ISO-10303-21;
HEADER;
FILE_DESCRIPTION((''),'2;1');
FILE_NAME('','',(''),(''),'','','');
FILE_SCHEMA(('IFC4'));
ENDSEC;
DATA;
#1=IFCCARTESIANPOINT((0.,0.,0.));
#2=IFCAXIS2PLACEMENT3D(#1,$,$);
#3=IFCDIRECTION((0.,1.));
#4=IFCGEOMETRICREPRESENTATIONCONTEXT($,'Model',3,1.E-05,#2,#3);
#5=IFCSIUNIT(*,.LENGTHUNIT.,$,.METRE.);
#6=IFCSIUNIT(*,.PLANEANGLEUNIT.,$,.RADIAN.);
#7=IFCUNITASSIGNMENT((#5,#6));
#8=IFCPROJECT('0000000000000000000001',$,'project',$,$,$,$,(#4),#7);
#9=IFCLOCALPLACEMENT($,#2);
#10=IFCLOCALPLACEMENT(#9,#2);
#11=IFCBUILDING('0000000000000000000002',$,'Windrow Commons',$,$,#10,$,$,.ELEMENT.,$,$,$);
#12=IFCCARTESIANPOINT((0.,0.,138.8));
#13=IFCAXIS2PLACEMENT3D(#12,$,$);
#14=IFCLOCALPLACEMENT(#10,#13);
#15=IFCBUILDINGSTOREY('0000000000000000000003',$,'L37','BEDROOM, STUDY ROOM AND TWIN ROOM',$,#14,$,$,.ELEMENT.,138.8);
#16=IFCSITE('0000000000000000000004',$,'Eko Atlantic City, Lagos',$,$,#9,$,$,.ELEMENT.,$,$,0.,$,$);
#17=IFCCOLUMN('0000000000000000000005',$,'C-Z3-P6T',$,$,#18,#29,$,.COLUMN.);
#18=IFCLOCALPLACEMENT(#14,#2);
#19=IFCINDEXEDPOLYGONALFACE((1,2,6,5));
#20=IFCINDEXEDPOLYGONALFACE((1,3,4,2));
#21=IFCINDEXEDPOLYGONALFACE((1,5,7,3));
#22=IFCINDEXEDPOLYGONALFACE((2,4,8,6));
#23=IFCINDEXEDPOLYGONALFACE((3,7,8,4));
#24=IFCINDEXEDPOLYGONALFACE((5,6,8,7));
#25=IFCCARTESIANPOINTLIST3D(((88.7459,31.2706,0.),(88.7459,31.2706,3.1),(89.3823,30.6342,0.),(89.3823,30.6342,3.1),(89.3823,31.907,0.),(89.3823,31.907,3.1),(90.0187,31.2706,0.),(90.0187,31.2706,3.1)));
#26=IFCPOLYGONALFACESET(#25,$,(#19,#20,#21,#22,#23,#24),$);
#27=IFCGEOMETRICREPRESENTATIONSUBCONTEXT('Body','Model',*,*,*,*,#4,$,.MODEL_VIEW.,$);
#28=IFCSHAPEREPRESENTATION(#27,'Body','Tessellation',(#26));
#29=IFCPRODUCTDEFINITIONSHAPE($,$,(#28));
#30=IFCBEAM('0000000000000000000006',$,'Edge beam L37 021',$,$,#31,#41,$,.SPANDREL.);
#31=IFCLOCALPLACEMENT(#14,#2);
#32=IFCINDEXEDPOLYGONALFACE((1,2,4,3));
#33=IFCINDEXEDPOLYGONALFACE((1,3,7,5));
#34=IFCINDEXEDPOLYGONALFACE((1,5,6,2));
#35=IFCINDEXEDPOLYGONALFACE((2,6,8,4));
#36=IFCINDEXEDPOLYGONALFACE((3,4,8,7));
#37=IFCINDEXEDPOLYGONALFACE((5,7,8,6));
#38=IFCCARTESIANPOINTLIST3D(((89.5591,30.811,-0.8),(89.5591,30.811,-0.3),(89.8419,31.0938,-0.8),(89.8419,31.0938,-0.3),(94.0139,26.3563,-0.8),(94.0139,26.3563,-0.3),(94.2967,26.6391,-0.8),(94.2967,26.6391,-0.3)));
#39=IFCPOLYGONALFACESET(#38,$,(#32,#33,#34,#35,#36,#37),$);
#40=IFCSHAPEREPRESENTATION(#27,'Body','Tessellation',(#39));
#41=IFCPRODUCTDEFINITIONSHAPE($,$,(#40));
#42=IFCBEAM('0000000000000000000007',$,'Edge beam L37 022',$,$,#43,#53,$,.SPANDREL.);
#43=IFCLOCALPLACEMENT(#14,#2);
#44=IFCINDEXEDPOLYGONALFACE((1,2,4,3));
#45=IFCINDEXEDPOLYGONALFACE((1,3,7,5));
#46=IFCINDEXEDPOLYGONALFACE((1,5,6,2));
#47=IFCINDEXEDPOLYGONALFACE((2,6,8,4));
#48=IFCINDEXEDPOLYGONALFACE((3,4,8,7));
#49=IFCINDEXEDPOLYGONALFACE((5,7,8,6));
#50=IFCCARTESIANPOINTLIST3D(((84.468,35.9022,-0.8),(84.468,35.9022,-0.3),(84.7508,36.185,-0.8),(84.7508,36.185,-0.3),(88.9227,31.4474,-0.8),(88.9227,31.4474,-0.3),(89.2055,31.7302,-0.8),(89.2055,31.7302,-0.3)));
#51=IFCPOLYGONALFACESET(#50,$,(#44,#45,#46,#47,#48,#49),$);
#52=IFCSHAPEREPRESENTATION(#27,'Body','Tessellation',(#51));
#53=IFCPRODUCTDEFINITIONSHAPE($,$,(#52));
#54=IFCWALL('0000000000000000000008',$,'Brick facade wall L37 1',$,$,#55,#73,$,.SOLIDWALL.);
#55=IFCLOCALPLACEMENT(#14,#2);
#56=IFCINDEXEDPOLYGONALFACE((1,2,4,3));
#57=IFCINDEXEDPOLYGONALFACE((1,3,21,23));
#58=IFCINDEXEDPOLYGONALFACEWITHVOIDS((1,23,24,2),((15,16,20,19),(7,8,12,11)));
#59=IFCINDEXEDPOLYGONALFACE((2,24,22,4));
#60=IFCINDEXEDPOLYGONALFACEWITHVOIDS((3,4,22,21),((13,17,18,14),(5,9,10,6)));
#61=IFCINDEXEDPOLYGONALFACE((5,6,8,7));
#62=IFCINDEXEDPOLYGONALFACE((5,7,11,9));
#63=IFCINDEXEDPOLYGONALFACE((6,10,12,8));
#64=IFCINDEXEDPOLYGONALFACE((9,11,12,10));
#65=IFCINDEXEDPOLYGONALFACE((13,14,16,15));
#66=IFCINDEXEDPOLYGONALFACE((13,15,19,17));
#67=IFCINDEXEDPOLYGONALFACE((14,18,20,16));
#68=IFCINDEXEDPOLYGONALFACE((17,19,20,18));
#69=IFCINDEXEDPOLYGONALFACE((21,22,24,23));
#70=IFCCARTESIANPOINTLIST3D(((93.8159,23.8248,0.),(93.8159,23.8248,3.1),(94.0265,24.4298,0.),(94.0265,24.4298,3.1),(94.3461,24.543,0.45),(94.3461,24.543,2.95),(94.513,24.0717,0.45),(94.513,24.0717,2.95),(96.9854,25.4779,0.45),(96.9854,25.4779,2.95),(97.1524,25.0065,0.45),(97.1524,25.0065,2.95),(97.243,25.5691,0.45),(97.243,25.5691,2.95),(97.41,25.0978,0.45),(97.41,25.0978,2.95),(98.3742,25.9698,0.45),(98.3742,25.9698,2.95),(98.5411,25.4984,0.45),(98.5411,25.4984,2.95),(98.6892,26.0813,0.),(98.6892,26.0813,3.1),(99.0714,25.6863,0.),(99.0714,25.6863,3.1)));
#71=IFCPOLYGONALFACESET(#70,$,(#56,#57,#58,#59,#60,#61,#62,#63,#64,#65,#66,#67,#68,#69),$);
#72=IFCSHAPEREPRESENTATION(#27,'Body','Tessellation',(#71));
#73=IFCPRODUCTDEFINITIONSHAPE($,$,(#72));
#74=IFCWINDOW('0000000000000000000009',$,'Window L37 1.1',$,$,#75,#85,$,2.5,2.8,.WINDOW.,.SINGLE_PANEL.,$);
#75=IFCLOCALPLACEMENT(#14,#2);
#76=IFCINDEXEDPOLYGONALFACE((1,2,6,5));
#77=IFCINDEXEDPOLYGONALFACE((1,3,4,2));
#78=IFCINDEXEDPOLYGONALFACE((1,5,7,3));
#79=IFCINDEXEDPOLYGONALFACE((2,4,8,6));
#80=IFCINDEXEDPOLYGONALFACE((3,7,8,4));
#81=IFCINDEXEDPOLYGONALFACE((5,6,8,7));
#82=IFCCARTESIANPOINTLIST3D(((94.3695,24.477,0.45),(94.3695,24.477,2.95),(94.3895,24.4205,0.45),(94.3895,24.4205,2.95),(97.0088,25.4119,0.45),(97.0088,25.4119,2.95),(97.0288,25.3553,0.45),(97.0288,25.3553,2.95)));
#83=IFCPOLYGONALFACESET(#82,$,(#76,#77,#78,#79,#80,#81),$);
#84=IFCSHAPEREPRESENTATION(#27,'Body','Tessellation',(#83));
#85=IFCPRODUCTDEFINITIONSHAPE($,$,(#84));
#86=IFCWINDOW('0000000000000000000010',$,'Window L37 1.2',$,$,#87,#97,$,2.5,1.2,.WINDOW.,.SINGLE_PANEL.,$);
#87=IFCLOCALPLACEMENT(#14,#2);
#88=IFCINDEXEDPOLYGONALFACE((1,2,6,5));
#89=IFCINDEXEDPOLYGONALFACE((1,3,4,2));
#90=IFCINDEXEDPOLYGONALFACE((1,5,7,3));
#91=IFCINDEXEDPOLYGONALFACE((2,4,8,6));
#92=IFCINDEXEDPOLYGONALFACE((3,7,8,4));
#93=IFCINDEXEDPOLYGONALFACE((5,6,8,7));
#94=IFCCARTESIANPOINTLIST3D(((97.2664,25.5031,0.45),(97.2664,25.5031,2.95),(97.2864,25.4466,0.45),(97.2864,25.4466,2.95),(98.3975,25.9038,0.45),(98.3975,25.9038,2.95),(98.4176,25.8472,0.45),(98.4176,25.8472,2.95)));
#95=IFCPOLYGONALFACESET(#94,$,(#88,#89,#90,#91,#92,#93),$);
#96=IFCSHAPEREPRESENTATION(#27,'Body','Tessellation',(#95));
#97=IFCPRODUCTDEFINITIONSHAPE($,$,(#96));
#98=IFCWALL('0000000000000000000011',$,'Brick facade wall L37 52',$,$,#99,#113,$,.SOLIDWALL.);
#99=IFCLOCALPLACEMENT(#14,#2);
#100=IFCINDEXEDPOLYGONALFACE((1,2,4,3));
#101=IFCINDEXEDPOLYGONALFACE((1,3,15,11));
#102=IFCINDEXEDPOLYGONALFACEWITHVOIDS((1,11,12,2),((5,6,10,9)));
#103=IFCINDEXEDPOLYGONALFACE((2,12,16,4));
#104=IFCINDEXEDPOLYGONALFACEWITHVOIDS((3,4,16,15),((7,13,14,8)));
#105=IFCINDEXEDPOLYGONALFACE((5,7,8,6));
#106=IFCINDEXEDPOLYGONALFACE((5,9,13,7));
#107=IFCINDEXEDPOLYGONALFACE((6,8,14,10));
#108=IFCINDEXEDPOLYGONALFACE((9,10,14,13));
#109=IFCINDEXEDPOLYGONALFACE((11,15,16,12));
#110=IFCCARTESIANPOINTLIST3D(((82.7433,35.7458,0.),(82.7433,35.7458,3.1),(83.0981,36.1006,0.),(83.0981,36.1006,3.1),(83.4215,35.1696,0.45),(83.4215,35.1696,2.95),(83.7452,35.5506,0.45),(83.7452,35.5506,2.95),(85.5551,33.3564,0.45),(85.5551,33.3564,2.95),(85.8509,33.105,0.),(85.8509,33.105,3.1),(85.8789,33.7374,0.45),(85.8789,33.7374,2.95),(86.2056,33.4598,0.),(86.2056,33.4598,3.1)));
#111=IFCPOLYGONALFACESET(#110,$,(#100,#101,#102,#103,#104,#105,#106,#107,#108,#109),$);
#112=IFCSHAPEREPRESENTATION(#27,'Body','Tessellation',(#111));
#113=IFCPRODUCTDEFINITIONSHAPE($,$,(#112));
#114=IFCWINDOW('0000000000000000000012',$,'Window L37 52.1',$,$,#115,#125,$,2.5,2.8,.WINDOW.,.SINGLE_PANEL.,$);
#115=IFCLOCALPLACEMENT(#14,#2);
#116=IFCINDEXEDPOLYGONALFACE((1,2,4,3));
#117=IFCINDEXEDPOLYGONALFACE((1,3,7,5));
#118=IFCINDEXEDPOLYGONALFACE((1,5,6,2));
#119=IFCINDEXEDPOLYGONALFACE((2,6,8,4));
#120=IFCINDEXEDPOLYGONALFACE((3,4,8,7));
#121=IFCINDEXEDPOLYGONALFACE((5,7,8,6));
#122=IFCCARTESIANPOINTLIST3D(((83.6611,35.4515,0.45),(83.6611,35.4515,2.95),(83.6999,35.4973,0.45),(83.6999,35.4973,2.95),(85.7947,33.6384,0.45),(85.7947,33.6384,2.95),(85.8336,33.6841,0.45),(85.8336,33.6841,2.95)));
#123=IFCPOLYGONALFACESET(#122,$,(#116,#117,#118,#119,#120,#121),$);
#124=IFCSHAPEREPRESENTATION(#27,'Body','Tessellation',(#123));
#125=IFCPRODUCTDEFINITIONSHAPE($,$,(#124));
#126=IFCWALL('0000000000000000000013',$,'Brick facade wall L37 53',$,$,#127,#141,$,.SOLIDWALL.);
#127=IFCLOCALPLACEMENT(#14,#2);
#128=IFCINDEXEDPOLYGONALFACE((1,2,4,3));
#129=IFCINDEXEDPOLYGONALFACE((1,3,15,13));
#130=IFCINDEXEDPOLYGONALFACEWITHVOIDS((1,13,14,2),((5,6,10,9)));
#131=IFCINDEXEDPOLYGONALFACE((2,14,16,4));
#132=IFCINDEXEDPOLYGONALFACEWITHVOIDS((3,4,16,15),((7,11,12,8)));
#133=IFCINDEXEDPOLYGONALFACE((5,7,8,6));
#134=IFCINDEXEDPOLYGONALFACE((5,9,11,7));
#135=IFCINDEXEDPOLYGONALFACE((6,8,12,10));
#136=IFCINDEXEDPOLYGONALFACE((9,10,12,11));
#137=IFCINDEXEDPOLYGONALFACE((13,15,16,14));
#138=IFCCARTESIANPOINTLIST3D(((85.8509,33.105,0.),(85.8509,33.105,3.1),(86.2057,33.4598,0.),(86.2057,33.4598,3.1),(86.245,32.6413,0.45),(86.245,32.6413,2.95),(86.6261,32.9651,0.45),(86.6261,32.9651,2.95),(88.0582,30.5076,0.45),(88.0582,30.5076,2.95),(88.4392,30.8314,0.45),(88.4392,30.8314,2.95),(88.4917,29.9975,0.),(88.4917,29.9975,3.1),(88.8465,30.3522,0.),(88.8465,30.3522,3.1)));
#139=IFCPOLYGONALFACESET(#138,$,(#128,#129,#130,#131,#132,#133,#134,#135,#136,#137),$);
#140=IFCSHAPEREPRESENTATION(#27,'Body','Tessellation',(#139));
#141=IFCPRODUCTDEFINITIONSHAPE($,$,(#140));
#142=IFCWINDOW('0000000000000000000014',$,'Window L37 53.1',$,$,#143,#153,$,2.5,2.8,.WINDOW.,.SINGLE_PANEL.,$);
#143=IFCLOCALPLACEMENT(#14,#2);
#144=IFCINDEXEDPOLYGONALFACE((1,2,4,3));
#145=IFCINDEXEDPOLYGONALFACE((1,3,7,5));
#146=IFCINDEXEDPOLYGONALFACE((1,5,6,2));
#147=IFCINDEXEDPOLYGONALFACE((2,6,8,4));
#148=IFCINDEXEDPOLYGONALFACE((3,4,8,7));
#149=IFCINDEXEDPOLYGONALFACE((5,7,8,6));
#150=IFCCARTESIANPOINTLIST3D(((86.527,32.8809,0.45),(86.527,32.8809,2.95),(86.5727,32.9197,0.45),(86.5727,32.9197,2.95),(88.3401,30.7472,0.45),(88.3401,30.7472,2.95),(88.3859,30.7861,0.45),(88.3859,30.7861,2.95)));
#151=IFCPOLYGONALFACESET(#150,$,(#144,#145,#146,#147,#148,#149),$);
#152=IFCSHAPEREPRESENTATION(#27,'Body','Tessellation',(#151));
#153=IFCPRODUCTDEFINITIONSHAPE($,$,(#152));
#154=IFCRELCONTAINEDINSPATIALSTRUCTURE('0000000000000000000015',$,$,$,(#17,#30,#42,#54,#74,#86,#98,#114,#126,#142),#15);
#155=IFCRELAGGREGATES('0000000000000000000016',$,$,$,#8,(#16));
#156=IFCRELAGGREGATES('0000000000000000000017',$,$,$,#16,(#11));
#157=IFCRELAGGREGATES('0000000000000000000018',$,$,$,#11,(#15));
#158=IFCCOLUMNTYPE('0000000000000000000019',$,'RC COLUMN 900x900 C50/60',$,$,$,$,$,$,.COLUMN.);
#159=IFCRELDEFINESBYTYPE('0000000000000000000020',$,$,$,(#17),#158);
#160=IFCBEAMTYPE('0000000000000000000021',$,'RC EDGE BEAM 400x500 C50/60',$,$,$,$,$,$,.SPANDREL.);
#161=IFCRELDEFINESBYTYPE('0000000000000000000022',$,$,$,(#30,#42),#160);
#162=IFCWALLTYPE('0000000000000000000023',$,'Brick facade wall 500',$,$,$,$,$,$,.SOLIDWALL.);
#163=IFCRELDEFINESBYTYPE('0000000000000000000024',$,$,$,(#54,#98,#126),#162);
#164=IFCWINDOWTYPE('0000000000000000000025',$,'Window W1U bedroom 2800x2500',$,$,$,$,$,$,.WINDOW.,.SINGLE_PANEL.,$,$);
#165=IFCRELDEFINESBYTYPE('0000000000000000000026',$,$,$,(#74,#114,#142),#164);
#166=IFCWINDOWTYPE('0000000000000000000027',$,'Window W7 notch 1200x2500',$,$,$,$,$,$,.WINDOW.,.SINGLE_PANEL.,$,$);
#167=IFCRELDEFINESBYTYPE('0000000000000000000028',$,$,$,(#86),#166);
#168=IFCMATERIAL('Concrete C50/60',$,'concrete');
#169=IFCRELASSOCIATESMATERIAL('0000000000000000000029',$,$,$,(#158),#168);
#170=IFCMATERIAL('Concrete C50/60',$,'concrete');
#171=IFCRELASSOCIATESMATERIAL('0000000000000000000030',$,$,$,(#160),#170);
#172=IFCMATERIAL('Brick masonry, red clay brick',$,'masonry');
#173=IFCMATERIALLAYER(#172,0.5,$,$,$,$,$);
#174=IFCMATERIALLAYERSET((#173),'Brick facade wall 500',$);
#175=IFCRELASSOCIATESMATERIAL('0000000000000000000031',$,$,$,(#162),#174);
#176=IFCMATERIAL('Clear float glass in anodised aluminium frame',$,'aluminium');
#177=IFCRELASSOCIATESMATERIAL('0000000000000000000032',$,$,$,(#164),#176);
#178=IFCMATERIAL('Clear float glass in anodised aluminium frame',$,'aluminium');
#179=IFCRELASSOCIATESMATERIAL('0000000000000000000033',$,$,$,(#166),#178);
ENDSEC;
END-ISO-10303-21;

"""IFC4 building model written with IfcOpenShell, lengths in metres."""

from ifc_helpers import new_model, si_unit, direction, frame, frame_2d, origin, origin_2d, place, context, subcontext, project, spatial, polyline, rectangle, outline, extrude, material, layer, layer_set, material_profile, profile_set, type_object, element, fill, save


model = new_model("IFC4")

# Units and contexts
model_context = context("Model", 3, precision=1e-05, world=origin(), true_north=direction((0.0, 1.0)))
body_context = subcontext(model_context, "Body", "Model", "MODEL_VIEW")
ifc_project = project(units=[si_unit("LENGTHUNIT", "METRE"), si_unit("PLANEANGLEUNIT", "RADIAN")], contexts=[model_context])

# Site, building, storey
site_placement = place(None, origin())
site = spatial("IfcSite", under=ifc_project, at=site_placement, Name="Eko Atlantic City, Lagos", CompositionType="ELEMENT", RefElevation=0.0)
building_placement = place(site_placement, origin())
building = spatial("IfcBuilding", under=site, at=building_placement, Name="Windrow Commons", CompositionType="ELEMENT")
storey_placement = place(building_placement, frame((0.0, 0.0, 138.8)))
storey = spatial("IfcBuildingStorey", under=building, at=storey_placement, Name="L37", Description="BEDROOM, STUDY ROOM AND TWIN ROOM", CompositionType="ELEMENT", Elevation=138.8)

# Column
ifc_material_1 = material(Name="Concrete C50/60", Category="concrete")
ifc_material_profile_1 = material_profile(ifc_material_1, rectangle(XDim=0.9, YDim=0.9, at=origin_2d()))
ifc_profile_set_1 = profile_set([ifc_material_profile_1], Name="Concrete C50/60")
column_type = type_object("IfcColumnType", Name="RC COLUMN 900x900 C50/60", PredefinedType="COLUMN", material=ifc_profile_set_1)
column_placement = place(storey_placement, frame((89.3823, 31.2706, 0.0), z_axis=(0.0, 0.0, 1.0), x_axis=(0.707107, -0.707107, 0.0)))
element("IfcColumn", 1, at=column_placement, inside=storey, type_object=column_type, Name="C-Z3-P6T", PredefinedType="COLUMN", context=body_context, shape_type="SweptSolid", body=[
    extrude(rectangle(XDim=0.9, YDim=0.9, at=origin_2d()), origin(), (0.0, 0.0, 1.0), 3.1),
])

# Beams
ifc_material_2 = material(Name="Concrete C50/60", Category="concrete")
ifc_material_profile_2 = material_profile(ifc_material_2, rectangle(XDim=0.4, YDim=0.5, at=origin_2d()))
ifc_profile_set_2 = profile_set([ifc_material_profile_2], Name="Concrete C50/60")
beam_type = type_object("IfcBeamType", Name="RC EDGE BEAM 400x500 C50/60", PredefinedType="SPANDREL", material=ifc_profile_set_2)
for number, where, z_axis, x_axis, name in (
    (2, (94.1553, 26.4977, -0.55), (-0.707115, 0.707099, 0.0), (-0.707099, -0.707115, 0.0), "Edge beam L37 021"),
    (3, (89.0641, 31.5888, -0.55), (-0.707099, 0.707115, 0.0), (-0.707115, -0.707099, 0.0), "Edge beam L37 022"),
):
    element("IfcBeam", number, at=place(storey_placement, frame(where, z_axis=z_axis, x_axis=x_axis)), inside=storey, type_object=beam_type, Name=name, PredefinedType="SPANDREL", context=body_context, shape_type="SweptSolid", body=[
        extrude(rectangle(XDim=0.4, YDim=0.5, at=origin_2d()), origin(), (0.0, 0.0, 1.0), 6.3),
    ])

# Wall, openings, windows
ifc_material_3 = material(Name="Brick masonry, red clay brick", Category="masonry")
ifc_layer_1 = layer(ifc_material_3, 0.5)
ifc_layer_set_1 = layer_set([ifc_layer_1], Name="Brick facade wall 500")
wall_type_1 = type_object("IfcWallType", Name="Brick facade wall 500", PredefinedType="SOLIDWALL", material=ifc_layer_set_1)
wall_1_placement = place(storey_placement, frame((93.9212, 24.1273, 0.0), z_axis=(0.0, 0.0, 1.0), x_axis=(0.942618, 0.333873, 0.0)))
wall_1 = element("IfcWall", 4, at=wall_1_placement, inside=storey, type_object=wall_type_1, Name="Brick facade wall L37 1", PredefinedType="SOLIDWALL", context=body_context, shape_type="SweptSolid", body=[
    extrude(outline(polyline([(-0.2003, -0.25), (5.3752, -0.25), (5.1468, 0.25), (0.2003, 0.25), (-0.2003, -0.25)])), origin(), (0.0, 0.0, 1.0), 3.1),
])
opening_1_placement = place(wall_1_placement, frame((0.5393, 0.0, 0.45)))
opening_1 = element("IfcOpeningElement", 5, at=opening_1_placement, cuts=wall_1, PredefinedType="OPENING", context=body_context, shape_type="SweptSolid", body=[
    extrude(rectangle(XDim=2.8, YDim=2.5, at=frame_2d((1.4, 1.25))), frame((0.0, 0.26, 0.0), z_axis=(0.0, -1.0, 0.0), x_axis=(1.0, 0.0, 0.0)), (0.0, 0.0, 1.0), 0.52),
])
opening_2_placement = place(wall_1_placement, frame((3.6126, 0.0, 0.45)))
opening_2 = element("IfcOpeningElement", 6, at=opening_2_placement, cuts=wall_1, PredefinedType="OPENING", context=body_context, shape_type="SweptSolid", body=[
    extrude(rectangle(XDim=1.2, YDim=2.5, at=frame_2d((0.6, 1.25))), frame((0.0, 0.26, 0.0), z_axis=(0.0, -1.0, 0.0), x_axis=(1.0, 0.0, 0.0)), (0.0, 0.0, 1.0), 0.52),
])
ifc_material_4 = material(Name="Clear float glass in anodised aluminium frame", Category="aluminium")
window_type_1 = type_object("IfcWindowType", Name="Window W1U bedroom 2800x2500", PartitioningType="SINGLE_PANEL", PredefinedType="WINDOW", material=ifc_material_4)
window_1_placement = place(opening_1_placement, origin())
window_1 = element("IfcWindow", 7, at=window_1_placement, inside=storey, type_object=window_type_1, Name="Window L37 1.1", OverallHeight=2.5, OverallWidth=2.8, PartitioningType="SINGLE_PANEL", PredefinedType="WINDOW", context=body_context, shape_type="SweptSolid", body=[
    extrude(rectangle(XDim=2.8, YDim=2.5, at=frame_2d((1.4, 1.25))), frame((0.0, 0.18, 0.0), z_axis=(0.0, -1.0, 0.0), x_axis=(1.0, 0.0, 0.0)), (0.0, 0.0, 1.0), 0.06),
])
fill(opening_1, window_1)
ifc_material_5 = material(Name="Clear float glass in anodised aluminium frame", Category="aluminium")
window_type_2 = type_object("IfcWindowType", Name="Window W7 notch 1200x2500", PartitioningType="SINGLE_PANEL", PredefinedType="WINDOW", material=ifc_material_5)
window_2_placement = place(opening_2_placement, origin())
window_2 = element("IfcWindow", 8, at=window_2_placement, inside=storey, type_object=window_type_2, Name="Window L37 1.2", OverallHeight=2.5, OverallWidth=1.2, PartitioningType="SINGLE_PANEL", PredefinedType="WINDOW", context=body_context, shape_type="SweptSolid", body=[
    extrude(rectangle(XDim=1.2, YDim=2.5, at=frame_2d((0.6, 1.25))), frame((0.0, 0.18, 0.0), z_axis=(0.0, -1.0, 0.0), x_axis=(1.0, 0.0, 0.0)), (0.0, 0.0, 1.0), 0.06),
])
fill(opening_2, window_2)

# Walls, openings, windows
wall_2_placement = place(storey_placement, frame((82.9207, 35.9232, 0.0), z_axis=(0.0, 0.0, 1.0), x_axis=(0.762019, -0.647554, 0.0)))
wall_2 = element("IfcWall", 9, at=wall_2_placement, inside=storey, type_object=wall_type_1, Name="Brick facade wall L37 52", PredefinedType="SOLIDWALL", context=body_context, shape_type="SweptSolid", body=[
    extrude(outline(polyline([(-0.0203, -0.25), (4.0578, -0.25), (4.0984, 0.25), (0.0203, 0.25), (-0.0203, -0.25)])), origin(), (0.0, 0.0, 1.0), 3.1),
])
opening_3_placement = place(wall_2_placement, frame((0.8696, 0.0, 0.45)))
opening_3 = element("IfcOpeningElement", 10, at=opening_3_placement, cuts=wall_2, PredefinedType="OPENING", context=body_context, shape_type="SweptSolid", body=[
    extrude(rectangle(XDim=2.8, YDim=2.5, at=frame_2d((1.4, 1.25))), frame((0.0, 0.26, 0.0), z_axis=(0.0, -1.0, 0.0), x_axis=(1.0, 0.0, 0.0)), (0.0, 0.0, 1.0), 0.52),
])
window_3_placement = place(opening_3_placement, origin())
window_3 = element("IfcWindow", 11, at=window_3_placement, inside=storey, type_object=window_type_1, Name="Window L37 52.1", OverallHeight=2.5, OverallWidth=2.8, PartitioningType="SINGLE_PANEL", PredefinedType="WINDOW", context=body_context, shape_type="SweptSolid", body=[
    extrude(rectangle(XDim=2.8, YDim=2.5, at=frame_2d((1.4, 1.25))), frame((0.0, 0.18, 0.0), z_axis=(0.0, -1.0, 0.0), x_axis=(1.0, 0.0, 0.0)), (0.0, 0.0, 1.0), 0.06),
])
fill(opening_3, window_3)
wall_3_placement = place(storey_placement, frame((86.0283, 33.2824, 0.0), z_axis=(0.0, 0.0, 1.0), x_axis=(0.647554, -0.762019, 0.0)))
wall_3 = element("IfcWall", 12, at=wall_3_placement, inside=storey, type_object=wall_type_1, Name="Brick facade wall L37 53", PredefinedType="SOLIDWALL", context=body_context, shape_type="SweptSolid", body=[
    extrude(outline(polyline([(0.0203, -0.25), (4.0984, -0.25), (4.0578, 0.25), (-0.0203, 0.25), (0.0203, -0.25)])), origin(), (0.0, 0.0, 1.0), 3.1),
])
opening_4_placement = place(wall_3_placement, frame((0.6289, 0.0, 0.45)))
opening_4 = element("IfcOpeningElement", 13, at=opening_4_placement, cuts=wall_3, PredefinedType="OPENING", context=body_context, shape_type="SweptSolid", body=[
    extrude(rectangle(XDim=2.8, YDim=2.5, at=frame_2d((1.4, 1.25))), frame((0.0, 0.26, 0.0), z_axis=(0.0, -1.0, 0.0), x_axis=(1.0, 0.0, 0.0)), (0.0, 0.0, 1.0), 0.52),
])
window_4_placement = place(opening_4_placement, origin())
window_4 = element("IfcWindow", 14, at=window_4_placement, inside=storey, type_object=window_type_1, Name="Window L37 53.1", OverallHeight=2.5, OverallWidth=2.8, PartitioningType="SINGLE_PANEL", PredefinedType="WINDOW", context=body_context, shape_type="SweptSolid", body=[
    extrude(rectangle(XDim=2.8, YDim=2.5, at=frame_2d((1.4, 1.25))), frame((0.0, 0.18, 0.0), z_axis=(0.0, -1.0, 0.0), x_axis=(1.0, 0.0, 0.0)), (0.0, 0.0, 1.0), 0.06),
])
fill(opening_4, window_4)

save(model, "model.ifc")
